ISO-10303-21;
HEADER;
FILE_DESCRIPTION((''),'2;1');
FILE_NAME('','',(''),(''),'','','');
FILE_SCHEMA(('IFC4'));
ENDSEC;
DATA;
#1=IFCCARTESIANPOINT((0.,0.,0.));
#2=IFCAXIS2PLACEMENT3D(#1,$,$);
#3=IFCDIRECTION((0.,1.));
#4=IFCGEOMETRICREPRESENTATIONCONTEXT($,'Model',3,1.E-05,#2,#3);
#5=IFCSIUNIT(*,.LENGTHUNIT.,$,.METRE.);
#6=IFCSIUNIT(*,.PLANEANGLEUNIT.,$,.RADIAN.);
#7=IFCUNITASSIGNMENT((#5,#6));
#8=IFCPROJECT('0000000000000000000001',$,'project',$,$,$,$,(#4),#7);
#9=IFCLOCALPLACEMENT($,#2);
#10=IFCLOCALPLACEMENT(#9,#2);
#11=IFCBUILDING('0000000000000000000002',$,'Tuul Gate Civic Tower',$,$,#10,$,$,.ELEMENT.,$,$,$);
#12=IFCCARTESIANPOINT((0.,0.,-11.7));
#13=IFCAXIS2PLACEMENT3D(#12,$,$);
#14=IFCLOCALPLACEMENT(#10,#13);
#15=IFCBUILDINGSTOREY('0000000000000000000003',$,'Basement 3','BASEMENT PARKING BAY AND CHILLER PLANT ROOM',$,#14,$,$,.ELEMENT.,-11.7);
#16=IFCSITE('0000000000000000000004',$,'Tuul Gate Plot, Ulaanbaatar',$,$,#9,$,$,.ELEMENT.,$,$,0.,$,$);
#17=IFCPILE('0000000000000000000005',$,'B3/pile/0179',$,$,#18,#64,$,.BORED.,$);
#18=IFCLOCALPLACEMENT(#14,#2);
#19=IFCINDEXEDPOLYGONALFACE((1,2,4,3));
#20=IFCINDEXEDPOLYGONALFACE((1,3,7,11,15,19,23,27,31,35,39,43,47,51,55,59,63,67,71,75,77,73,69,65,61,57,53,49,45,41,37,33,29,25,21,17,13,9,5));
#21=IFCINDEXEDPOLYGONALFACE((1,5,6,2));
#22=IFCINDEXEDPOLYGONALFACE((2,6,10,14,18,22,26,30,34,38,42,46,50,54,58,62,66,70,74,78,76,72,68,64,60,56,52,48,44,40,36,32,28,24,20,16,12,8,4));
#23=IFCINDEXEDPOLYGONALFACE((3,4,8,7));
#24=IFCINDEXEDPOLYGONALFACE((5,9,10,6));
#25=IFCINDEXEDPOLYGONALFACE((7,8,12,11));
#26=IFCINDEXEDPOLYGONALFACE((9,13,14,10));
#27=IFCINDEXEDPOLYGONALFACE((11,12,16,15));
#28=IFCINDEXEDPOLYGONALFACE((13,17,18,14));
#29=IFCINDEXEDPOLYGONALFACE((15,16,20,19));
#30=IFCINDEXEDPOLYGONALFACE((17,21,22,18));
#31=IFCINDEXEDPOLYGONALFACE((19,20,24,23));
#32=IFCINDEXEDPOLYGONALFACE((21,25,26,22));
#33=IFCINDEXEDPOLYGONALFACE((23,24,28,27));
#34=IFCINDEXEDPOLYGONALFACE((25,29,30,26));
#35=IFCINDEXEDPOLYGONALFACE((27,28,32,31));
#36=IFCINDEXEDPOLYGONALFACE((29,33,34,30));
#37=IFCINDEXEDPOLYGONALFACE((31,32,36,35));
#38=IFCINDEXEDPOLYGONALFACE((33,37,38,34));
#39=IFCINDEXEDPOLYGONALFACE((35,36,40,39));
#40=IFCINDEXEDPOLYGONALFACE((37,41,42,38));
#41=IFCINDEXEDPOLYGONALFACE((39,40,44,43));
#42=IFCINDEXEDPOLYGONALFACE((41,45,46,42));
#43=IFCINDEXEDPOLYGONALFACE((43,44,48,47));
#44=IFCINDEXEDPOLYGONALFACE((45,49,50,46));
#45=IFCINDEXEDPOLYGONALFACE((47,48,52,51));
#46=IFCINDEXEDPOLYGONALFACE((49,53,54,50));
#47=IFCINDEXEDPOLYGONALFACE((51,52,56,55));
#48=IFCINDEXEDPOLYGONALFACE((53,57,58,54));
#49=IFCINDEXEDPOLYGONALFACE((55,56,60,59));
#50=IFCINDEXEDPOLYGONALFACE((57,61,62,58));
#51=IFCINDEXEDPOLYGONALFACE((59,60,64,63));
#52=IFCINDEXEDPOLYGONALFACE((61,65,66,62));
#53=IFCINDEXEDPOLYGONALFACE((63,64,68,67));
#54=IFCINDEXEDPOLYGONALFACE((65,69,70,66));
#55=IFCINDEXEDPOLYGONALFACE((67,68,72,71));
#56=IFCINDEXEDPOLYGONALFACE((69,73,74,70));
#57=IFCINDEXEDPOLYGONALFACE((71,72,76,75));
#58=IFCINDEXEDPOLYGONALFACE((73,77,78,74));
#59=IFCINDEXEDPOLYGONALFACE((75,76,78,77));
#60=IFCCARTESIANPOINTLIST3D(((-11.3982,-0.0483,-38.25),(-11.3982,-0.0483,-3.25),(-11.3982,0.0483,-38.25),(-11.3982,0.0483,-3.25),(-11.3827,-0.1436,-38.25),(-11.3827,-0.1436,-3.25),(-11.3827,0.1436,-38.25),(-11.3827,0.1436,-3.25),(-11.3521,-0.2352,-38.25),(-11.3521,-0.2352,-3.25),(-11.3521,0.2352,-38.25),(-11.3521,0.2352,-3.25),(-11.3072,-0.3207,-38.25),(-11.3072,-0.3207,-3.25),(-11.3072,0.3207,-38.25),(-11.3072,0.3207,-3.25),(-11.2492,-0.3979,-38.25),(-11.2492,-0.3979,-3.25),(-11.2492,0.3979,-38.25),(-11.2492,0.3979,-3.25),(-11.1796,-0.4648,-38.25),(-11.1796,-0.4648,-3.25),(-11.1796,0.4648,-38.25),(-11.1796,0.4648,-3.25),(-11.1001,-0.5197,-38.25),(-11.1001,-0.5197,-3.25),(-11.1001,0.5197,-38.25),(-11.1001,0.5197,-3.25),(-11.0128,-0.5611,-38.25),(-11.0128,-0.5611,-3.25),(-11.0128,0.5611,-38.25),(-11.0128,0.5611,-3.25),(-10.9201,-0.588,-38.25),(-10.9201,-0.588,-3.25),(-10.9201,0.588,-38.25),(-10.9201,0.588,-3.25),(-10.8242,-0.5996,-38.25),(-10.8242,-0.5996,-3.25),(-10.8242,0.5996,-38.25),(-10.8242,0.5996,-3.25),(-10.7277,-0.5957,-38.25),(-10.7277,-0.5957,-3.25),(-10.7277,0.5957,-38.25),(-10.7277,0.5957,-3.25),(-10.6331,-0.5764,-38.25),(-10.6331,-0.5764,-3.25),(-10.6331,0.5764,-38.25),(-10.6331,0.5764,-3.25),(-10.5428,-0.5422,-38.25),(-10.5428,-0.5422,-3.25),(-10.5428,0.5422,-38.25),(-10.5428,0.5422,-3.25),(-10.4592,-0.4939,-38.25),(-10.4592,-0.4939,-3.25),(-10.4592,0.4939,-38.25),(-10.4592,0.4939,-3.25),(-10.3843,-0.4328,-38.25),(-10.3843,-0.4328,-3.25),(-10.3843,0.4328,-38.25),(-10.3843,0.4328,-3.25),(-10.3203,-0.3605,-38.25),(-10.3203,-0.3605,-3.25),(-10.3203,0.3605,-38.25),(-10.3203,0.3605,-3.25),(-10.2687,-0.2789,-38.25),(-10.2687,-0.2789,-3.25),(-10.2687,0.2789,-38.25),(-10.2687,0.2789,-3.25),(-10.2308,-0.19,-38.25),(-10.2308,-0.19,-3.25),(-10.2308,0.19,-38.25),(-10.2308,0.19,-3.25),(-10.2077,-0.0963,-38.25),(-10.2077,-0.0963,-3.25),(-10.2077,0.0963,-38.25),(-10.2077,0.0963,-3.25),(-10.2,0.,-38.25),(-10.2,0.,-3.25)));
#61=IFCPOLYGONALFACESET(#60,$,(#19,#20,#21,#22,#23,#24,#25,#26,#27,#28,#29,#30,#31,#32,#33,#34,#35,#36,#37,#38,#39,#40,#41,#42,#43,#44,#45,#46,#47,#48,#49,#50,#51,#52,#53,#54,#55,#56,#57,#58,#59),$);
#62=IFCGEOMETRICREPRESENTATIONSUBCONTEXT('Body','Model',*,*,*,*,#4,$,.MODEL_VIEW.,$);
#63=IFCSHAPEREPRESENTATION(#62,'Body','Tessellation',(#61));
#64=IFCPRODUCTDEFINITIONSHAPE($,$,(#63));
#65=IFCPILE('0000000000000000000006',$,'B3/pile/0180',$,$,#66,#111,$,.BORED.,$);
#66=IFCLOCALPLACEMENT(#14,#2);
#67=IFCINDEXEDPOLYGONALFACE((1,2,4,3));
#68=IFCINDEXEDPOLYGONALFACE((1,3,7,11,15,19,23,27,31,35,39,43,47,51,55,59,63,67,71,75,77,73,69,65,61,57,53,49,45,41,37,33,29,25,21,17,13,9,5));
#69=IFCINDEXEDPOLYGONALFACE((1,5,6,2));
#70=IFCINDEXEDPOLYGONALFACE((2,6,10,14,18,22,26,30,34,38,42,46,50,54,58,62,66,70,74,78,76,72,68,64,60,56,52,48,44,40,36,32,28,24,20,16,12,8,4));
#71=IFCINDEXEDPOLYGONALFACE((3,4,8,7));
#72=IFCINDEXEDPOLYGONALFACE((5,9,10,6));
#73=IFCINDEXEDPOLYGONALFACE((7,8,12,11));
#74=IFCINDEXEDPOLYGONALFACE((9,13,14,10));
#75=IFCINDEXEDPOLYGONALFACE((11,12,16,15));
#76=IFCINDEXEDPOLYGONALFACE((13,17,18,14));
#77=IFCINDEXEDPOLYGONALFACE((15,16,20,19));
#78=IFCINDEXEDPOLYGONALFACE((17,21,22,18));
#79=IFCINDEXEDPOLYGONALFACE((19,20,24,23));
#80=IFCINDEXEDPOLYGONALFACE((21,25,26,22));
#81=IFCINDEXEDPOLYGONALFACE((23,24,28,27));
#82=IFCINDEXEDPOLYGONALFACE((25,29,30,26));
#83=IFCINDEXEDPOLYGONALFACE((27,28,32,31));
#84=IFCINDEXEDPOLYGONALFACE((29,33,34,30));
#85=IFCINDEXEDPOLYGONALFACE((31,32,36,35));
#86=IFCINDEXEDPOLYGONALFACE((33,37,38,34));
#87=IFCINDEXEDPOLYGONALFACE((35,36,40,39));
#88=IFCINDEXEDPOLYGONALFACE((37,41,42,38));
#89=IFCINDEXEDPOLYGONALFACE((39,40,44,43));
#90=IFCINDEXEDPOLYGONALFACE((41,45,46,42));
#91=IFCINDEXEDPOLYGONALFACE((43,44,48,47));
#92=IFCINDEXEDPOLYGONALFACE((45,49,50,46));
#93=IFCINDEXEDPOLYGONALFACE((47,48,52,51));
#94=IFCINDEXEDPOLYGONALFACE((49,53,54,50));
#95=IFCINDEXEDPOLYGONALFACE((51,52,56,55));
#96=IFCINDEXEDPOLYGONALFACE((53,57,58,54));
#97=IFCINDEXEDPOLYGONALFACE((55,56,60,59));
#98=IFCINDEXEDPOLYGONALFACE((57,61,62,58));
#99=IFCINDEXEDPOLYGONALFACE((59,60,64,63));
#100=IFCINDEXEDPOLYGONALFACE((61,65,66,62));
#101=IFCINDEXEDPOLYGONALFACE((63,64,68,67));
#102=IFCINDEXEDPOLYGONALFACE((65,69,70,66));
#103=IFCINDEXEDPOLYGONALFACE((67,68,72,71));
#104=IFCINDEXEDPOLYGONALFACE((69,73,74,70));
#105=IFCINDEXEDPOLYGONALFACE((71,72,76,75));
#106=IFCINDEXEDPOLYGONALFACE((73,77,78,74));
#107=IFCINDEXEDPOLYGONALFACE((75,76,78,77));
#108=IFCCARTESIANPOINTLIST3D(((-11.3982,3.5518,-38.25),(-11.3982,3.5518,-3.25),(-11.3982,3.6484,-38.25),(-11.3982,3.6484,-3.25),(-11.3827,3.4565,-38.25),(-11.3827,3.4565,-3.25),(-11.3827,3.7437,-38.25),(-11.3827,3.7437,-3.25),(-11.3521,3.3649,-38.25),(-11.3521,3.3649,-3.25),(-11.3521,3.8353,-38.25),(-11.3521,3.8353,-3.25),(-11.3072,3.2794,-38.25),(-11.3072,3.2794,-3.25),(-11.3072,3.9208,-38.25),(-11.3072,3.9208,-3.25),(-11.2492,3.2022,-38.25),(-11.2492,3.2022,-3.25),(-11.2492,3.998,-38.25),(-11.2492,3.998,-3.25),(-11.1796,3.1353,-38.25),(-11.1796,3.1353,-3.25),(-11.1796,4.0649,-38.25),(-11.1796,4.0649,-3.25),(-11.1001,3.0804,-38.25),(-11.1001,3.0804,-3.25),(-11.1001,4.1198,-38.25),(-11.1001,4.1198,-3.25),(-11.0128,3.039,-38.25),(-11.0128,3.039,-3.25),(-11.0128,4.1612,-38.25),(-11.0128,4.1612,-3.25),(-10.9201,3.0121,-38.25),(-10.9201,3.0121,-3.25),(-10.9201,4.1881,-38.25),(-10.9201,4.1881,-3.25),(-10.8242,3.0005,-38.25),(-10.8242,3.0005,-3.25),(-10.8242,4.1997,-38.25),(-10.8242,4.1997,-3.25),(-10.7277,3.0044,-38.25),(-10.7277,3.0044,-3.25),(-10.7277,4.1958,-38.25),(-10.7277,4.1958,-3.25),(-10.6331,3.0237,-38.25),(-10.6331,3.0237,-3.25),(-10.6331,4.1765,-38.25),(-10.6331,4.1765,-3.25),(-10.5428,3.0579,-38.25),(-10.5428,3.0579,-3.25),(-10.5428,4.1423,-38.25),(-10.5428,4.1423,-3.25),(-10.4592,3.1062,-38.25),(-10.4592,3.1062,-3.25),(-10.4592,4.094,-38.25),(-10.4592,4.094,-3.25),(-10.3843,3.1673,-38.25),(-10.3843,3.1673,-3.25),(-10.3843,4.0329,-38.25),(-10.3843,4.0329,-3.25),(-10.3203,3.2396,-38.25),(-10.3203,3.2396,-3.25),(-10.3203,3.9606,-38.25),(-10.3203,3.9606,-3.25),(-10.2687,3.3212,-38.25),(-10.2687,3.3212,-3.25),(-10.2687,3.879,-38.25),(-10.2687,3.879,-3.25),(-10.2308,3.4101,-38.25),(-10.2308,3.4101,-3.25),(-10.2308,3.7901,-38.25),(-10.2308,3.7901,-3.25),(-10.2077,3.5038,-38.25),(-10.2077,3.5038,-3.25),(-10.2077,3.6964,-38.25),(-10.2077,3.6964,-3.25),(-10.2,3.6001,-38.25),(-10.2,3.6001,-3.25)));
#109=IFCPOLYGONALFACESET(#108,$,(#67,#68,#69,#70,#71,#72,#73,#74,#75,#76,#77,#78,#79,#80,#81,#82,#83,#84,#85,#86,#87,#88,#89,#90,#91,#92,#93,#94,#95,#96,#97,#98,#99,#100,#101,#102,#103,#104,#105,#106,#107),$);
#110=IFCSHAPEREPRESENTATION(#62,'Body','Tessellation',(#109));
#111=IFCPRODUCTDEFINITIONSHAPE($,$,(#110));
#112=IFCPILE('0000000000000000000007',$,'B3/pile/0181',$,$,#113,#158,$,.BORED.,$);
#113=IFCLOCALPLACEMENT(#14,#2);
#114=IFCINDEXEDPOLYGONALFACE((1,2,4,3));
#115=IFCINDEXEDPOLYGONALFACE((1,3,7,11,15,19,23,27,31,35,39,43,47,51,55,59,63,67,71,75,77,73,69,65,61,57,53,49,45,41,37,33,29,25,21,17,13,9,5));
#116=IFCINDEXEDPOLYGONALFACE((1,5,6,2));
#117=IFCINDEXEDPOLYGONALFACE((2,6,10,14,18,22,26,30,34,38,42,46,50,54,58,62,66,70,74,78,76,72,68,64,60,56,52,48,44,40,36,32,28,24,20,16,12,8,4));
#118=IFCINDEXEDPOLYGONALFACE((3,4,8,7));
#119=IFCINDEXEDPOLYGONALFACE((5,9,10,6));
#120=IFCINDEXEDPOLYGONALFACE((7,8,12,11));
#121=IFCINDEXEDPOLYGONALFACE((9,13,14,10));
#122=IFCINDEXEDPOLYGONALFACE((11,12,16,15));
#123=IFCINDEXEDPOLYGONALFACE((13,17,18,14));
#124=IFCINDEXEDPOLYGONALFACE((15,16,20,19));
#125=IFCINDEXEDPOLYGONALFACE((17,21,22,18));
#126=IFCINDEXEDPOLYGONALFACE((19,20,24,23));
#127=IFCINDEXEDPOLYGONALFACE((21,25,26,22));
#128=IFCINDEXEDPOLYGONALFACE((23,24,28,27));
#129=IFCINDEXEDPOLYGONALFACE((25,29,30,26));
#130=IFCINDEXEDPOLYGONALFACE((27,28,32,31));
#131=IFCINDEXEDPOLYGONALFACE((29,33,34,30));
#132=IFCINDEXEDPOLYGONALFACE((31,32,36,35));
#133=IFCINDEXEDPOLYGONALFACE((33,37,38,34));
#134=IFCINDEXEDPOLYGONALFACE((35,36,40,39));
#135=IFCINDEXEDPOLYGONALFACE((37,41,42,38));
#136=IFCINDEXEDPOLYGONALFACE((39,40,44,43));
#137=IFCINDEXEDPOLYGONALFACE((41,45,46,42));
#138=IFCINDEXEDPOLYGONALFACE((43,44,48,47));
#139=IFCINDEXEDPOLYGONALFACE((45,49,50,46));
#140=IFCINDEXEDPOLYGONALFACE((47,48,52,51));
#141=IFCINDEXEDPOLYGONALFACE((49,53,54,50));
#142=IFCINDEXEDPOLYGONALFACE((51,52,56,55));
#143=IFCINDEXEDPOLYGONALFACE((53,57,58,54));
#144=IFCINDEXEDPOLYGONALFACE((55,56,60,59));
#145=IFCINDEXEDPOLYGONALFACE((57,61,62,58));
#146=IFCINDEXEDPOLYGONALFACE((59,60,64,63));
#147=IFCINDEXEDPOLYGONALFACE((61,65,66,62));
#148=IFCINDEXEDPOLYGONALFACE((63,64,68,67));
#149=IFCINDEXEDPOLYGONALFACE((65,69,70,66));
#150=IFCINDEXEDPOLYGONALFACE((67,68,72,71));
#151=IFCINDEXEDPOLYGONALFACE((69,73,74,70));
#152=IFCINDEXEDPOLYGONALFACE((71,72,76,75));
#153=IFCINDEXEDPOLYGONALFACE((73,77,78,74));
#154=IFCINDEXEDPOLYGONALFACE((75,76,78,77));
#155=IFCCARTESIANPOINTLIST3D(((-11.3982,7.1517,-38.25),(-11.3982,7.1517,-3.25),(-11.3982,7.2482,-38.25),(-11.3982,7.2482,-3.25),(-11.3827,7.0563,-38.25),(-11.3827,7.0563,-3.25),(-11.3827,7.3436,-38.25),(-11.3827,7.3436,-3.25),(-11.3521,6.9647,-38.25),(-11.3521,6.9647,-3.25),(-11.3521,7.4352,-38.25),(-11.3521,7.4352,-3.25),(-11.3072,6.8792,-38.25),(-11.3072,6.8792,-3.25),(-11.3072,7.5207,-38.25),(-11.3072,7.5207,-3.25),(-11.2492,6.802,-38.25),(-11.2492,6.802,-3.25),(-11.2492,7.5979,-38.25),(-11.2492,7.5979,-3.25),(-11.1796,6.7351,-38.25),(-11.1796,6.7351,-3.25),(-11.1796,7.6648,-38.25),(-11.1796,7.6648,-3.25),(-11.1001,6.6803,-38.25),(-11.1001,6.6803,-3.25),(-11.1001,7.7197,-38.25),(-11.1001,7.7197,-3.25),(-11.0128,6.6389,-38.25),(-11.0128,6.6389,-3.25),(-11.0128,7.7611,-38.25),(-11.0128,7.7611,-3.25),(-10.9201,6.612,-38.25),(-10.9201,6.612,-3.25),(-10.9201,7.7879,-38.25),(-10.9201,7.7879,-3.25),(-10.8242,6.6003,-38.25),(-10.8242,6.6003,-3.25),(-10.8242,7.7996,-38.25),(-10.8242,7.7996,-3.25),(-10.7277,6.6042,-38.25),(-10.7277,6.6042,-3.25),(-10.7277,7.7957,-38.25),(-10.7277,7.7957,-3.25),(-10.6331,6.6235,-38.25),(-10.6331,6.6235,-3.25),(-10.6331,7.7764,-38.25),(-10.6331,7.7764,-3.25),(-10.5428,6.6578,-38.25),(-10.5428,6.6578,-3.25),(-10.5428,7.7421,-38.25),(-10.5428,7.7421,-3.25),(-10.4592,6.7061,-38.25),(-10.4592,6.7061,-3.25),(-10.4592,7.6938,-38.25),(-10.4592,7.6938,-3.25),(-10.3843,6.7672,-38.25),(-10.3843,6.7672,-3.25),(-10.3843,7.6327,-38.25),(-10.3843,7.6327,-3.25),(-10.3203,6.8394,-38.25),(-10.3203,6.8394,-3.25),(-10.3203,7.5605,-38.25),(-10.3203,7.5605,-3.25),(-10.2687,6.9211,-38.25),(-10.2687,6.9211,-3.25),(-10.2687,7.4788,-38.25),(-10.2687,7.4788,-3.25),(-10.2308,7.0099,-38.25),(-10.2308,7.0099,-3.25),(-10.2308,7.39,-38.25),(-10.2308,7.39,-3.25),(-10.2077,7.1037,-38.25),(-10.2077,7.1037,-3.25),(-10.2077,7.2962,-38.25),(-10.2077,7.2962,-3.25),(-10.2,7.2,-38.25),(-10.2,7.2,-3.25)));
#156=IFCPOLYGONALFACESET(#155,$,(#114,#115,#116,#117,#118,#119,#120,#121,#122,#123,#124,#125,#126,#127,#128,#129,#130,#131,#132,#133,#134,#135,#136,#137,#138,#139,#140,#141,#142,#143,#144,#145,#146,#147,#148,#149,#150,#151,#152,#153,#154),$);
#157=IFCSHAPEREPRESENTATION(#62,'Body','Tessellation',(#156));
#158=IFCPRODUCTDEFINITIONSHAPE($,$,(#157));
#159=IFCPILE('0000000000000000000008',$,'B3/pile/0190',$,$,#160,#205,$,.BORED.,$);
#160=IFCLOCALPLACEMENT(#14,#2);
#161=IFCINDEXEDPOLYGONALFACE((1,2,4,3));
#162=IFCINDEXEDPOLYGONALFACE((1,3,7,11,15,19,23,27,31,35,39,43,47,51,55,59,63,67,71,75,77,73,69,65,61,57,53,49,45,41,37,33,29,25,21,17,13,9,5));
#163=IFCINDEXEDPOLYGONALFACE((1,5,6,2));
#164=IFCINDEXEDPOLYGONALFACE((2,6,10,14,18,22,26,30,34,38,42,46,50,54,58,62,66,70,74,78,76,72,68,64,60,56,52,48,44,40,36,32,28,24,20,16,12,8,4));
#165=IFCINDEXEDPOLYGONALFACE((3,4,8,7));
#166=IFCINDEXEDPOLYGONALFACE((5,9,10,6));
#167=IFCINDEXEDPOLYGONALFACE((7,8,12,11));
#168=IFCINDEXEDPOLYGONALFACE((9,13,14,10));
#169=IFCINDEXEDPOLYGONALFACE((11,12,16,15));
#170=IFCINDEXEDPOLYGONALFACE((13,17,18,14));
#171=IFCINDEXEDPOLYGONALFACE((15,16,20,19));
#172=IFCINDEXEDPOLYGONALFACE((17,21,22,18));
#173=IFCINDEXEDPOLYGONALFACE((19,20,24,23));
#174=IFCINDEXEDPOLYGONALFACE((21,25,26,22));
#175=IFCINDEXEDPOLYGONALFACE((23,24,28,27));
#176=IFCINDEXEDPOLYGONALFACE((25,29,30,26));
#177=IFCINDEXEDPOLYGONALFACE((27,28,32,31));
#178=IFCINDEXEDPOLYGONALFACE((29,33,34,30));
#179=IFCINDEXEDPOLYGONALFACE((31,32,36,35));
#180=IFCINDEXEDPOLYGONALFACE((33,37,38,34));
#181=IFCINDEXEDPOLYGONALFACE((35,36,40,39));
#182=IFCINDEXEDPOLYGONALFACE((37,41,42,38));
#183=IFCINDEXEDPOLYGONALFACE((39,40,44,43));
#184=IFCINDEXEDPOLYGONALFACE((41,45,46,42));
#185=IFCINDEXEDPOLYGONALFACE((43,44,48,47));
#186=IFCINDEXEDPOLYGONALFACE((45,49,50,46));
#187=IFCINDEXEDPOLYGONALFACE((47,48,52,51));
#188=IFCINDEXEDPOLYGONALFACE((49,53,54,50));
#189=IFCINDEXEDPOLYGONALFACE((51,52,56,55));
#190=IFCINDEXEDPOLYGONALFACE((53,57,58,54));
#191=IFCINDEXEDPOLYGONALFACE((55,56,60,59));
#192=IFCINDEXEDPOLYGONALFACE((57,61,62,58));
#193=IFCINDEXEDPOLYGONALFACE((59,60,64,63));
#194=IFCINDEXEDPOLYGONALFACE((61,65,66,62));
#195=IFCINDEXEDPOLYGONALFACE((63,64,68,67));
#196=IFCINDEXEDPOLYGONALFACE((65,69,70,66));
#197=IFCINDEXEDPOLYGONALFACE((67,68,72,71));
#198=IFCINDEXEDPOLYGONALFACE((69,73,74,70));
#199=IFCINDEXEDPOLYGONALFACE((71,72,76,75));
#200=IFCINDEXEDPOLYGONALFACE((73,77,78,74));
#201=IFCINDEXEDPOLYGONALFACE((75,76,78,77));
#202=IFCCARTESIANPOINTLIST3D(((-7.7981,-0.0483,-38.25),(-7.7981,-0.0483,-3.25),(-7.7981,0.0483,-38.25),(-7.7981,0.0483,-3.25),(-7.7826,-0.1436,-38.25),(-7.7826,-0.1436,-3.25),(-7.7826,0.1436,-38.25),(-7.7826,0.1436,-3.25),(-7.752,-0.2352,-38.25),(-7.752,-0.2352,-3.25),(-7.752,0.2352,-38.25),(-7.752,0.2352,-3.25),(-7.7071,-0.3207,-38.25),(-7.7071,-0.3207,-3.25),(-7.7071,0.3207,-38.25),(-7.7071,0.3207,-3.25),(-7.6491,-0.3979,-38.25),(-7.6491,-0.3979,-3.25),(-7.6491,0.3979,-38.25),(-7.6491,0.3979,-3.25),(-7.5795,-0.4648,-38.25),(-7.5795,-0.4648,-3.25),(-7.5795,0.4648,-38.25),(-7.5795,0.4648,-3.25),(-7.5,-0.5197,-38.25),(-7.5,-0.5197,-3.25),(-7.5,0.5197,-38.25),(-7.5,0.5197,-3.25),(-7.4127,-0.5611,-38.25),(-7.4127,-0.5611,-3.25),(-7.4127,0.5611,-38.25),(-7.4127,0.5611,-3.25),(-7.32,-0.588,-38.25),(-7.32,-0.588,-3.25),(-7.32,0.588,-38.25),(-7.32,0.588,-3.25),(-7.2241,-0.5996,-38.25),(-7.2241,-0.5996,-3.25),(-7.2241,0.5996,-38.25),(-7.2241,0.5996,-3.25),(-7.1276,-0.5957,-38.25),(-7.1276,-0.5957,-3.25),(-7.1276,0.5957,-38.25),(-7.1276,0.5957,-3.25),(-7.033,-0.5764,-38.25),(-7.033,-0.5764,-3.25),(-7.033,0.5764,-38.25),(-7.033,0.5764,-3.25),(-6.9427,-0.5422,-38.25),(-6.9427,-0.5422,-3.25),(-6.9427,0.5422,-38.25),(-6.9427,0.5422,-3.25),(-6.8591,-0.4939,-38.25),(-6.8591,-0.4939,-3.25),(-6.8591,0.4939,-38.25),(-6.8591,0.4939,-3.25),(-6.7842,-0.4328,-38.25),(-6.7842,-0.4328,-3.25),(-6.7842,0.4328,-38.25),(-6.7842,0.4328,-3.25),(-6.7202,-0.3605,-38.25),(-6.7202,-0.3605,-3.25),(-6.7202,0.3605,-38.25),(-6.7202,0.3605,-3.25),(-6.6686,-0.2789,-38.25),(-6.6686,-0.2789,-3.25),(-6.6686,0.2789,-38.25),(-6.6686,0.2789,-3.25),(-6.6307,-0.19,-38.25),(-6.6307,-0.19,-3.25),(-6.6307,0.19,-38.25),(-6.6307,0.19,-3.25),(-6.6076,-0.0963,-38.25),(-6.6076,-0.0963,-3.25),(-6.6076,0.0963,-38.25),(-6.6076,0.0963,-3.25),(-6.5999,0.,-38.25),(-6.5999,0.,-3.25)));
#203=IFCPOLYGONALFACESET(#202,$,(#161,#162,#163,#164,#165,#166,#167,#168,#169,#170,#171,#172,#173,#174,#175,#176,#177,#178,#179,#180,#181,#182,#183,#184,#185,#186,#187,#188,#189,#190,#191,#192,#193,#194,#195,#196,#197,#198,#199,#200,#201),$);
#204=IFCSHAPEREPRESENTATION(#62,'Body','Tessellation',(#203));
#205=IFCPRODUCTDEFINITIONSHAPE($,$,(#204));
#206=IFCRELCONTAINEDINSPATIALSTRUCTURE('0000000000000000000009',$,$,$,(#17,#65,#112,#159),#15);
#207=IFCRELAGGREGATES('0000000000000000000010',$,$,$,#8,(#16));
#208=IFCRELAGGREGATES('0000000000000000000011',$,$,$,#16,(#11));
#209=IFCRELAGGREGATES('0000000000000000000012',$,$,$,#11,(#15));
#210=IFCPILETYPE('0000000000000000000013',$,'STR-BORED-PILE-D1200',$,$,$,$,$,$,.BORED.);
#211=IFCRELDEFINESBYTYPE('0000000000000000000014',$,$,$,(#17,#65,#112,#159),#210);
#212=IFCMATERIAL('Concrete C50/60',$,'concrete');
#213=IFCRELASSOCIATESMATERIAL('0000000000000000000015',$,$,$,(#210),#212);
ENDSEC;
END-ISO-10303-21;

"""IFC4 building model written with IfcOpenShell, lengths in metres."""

from ifc_helpers import new_model, si_unit, direction, frame, origin, origin_2d, place, context, subcontext, project, spatial, circle, extrude, material, material_profile, profile_set, type_object, element, save


model = new_model("IFC4")

# Units and contexts
model_context = context("Model", 3, precision=1e-05, world=origin(), true_north=direction((0.0, 1.0)))
body_context = subcontext(model_context, "Body", "Model", "MODEL_VIEW")
ifc_project = project(units=[si_unit("LENGTHUNIT", "METRE"), si_unit("PLANEANGLEUNIT", "RADIAN")], contexts=[model_context])

# Site, building, storey
site_placement = place(None, origin())
site = spatial("IfcSite", under=ifc_project, at=site_placement, Name="Tuul Gate Plot, Ulaanbaatar", CompositionType="ELEMENT", RefElevation=0.0)
building_placement = place(site_placement, origin())
building = spatial("IfcBuilding", under=site, at=building_placement, Name="Tuul Gate Civic Tower", CompositionType="ELEMENT")
storey_placement = place(building_placement, frame((0.0, 0.0, -11.7)))
storey = spatial("IfcBuildingStorey", under=building, at=storey_placement, Name="Basement 3", Description="BASEMENT PARKING BAY AND CHILLER PLANT ROOM", CompositionType="ELEMENT", Elevation=-11.7)

# Piles
ifc_material_1 = material(Name="Concrete C50/60", Category="concrete")
ifc_material_profile_1 = material_profile(ifc_material_1, circle(Radius=0.6001, at=origin_2d()), Name="PILE1200")
ifc_profile_set_1 = profile_set([ifc_material_profile_1], Name="Concrete C50/60")
pile_type = type_object("IfcPileType", Name="STR-BORED-PILE-D1200", PredefinedType="BORED", material=ifc_profile_set_1)
for number, where, z_axis, x_axis, name in (
    (1, (-10.8, 0.0, -3.25), (0.0, 0.0, -1.0), (1.0, 0.0, 0.0), "B3/pile/0179"),
    (2, (-10.8, 3.6001, -3.25), (0.0, 0.0, -1.0), (1.0, 0.0, 0.0), "B3/pile/0180"),
    (3, (-10.8, 7.2, -3.25), (0.0, 0.0, -1.0), (1.0, 0.0, 0.0), "B3/pile/0181"),
    (4, (-7.2, 0.0, -3.25), (0.0, 0.0, -1.0), (1.0, 0.0, 0.0), "B3/pile/0190"),
):
    element("IfcPile", number, at=place(storey_placement, frame(where, z_axis=z_axis, x_axis=x_axis)), inside=storey, type_object=pile_type, Name=name, PredefinedType="BORED", context=body_context, shape_type="SweptSolid", body=[
        extrude(circle(Radius=0.6001, at=origin_2d()), origin(), (0.0, 0.0, 1.0), 35.0),
    ])

save(model, "model.ifc")
